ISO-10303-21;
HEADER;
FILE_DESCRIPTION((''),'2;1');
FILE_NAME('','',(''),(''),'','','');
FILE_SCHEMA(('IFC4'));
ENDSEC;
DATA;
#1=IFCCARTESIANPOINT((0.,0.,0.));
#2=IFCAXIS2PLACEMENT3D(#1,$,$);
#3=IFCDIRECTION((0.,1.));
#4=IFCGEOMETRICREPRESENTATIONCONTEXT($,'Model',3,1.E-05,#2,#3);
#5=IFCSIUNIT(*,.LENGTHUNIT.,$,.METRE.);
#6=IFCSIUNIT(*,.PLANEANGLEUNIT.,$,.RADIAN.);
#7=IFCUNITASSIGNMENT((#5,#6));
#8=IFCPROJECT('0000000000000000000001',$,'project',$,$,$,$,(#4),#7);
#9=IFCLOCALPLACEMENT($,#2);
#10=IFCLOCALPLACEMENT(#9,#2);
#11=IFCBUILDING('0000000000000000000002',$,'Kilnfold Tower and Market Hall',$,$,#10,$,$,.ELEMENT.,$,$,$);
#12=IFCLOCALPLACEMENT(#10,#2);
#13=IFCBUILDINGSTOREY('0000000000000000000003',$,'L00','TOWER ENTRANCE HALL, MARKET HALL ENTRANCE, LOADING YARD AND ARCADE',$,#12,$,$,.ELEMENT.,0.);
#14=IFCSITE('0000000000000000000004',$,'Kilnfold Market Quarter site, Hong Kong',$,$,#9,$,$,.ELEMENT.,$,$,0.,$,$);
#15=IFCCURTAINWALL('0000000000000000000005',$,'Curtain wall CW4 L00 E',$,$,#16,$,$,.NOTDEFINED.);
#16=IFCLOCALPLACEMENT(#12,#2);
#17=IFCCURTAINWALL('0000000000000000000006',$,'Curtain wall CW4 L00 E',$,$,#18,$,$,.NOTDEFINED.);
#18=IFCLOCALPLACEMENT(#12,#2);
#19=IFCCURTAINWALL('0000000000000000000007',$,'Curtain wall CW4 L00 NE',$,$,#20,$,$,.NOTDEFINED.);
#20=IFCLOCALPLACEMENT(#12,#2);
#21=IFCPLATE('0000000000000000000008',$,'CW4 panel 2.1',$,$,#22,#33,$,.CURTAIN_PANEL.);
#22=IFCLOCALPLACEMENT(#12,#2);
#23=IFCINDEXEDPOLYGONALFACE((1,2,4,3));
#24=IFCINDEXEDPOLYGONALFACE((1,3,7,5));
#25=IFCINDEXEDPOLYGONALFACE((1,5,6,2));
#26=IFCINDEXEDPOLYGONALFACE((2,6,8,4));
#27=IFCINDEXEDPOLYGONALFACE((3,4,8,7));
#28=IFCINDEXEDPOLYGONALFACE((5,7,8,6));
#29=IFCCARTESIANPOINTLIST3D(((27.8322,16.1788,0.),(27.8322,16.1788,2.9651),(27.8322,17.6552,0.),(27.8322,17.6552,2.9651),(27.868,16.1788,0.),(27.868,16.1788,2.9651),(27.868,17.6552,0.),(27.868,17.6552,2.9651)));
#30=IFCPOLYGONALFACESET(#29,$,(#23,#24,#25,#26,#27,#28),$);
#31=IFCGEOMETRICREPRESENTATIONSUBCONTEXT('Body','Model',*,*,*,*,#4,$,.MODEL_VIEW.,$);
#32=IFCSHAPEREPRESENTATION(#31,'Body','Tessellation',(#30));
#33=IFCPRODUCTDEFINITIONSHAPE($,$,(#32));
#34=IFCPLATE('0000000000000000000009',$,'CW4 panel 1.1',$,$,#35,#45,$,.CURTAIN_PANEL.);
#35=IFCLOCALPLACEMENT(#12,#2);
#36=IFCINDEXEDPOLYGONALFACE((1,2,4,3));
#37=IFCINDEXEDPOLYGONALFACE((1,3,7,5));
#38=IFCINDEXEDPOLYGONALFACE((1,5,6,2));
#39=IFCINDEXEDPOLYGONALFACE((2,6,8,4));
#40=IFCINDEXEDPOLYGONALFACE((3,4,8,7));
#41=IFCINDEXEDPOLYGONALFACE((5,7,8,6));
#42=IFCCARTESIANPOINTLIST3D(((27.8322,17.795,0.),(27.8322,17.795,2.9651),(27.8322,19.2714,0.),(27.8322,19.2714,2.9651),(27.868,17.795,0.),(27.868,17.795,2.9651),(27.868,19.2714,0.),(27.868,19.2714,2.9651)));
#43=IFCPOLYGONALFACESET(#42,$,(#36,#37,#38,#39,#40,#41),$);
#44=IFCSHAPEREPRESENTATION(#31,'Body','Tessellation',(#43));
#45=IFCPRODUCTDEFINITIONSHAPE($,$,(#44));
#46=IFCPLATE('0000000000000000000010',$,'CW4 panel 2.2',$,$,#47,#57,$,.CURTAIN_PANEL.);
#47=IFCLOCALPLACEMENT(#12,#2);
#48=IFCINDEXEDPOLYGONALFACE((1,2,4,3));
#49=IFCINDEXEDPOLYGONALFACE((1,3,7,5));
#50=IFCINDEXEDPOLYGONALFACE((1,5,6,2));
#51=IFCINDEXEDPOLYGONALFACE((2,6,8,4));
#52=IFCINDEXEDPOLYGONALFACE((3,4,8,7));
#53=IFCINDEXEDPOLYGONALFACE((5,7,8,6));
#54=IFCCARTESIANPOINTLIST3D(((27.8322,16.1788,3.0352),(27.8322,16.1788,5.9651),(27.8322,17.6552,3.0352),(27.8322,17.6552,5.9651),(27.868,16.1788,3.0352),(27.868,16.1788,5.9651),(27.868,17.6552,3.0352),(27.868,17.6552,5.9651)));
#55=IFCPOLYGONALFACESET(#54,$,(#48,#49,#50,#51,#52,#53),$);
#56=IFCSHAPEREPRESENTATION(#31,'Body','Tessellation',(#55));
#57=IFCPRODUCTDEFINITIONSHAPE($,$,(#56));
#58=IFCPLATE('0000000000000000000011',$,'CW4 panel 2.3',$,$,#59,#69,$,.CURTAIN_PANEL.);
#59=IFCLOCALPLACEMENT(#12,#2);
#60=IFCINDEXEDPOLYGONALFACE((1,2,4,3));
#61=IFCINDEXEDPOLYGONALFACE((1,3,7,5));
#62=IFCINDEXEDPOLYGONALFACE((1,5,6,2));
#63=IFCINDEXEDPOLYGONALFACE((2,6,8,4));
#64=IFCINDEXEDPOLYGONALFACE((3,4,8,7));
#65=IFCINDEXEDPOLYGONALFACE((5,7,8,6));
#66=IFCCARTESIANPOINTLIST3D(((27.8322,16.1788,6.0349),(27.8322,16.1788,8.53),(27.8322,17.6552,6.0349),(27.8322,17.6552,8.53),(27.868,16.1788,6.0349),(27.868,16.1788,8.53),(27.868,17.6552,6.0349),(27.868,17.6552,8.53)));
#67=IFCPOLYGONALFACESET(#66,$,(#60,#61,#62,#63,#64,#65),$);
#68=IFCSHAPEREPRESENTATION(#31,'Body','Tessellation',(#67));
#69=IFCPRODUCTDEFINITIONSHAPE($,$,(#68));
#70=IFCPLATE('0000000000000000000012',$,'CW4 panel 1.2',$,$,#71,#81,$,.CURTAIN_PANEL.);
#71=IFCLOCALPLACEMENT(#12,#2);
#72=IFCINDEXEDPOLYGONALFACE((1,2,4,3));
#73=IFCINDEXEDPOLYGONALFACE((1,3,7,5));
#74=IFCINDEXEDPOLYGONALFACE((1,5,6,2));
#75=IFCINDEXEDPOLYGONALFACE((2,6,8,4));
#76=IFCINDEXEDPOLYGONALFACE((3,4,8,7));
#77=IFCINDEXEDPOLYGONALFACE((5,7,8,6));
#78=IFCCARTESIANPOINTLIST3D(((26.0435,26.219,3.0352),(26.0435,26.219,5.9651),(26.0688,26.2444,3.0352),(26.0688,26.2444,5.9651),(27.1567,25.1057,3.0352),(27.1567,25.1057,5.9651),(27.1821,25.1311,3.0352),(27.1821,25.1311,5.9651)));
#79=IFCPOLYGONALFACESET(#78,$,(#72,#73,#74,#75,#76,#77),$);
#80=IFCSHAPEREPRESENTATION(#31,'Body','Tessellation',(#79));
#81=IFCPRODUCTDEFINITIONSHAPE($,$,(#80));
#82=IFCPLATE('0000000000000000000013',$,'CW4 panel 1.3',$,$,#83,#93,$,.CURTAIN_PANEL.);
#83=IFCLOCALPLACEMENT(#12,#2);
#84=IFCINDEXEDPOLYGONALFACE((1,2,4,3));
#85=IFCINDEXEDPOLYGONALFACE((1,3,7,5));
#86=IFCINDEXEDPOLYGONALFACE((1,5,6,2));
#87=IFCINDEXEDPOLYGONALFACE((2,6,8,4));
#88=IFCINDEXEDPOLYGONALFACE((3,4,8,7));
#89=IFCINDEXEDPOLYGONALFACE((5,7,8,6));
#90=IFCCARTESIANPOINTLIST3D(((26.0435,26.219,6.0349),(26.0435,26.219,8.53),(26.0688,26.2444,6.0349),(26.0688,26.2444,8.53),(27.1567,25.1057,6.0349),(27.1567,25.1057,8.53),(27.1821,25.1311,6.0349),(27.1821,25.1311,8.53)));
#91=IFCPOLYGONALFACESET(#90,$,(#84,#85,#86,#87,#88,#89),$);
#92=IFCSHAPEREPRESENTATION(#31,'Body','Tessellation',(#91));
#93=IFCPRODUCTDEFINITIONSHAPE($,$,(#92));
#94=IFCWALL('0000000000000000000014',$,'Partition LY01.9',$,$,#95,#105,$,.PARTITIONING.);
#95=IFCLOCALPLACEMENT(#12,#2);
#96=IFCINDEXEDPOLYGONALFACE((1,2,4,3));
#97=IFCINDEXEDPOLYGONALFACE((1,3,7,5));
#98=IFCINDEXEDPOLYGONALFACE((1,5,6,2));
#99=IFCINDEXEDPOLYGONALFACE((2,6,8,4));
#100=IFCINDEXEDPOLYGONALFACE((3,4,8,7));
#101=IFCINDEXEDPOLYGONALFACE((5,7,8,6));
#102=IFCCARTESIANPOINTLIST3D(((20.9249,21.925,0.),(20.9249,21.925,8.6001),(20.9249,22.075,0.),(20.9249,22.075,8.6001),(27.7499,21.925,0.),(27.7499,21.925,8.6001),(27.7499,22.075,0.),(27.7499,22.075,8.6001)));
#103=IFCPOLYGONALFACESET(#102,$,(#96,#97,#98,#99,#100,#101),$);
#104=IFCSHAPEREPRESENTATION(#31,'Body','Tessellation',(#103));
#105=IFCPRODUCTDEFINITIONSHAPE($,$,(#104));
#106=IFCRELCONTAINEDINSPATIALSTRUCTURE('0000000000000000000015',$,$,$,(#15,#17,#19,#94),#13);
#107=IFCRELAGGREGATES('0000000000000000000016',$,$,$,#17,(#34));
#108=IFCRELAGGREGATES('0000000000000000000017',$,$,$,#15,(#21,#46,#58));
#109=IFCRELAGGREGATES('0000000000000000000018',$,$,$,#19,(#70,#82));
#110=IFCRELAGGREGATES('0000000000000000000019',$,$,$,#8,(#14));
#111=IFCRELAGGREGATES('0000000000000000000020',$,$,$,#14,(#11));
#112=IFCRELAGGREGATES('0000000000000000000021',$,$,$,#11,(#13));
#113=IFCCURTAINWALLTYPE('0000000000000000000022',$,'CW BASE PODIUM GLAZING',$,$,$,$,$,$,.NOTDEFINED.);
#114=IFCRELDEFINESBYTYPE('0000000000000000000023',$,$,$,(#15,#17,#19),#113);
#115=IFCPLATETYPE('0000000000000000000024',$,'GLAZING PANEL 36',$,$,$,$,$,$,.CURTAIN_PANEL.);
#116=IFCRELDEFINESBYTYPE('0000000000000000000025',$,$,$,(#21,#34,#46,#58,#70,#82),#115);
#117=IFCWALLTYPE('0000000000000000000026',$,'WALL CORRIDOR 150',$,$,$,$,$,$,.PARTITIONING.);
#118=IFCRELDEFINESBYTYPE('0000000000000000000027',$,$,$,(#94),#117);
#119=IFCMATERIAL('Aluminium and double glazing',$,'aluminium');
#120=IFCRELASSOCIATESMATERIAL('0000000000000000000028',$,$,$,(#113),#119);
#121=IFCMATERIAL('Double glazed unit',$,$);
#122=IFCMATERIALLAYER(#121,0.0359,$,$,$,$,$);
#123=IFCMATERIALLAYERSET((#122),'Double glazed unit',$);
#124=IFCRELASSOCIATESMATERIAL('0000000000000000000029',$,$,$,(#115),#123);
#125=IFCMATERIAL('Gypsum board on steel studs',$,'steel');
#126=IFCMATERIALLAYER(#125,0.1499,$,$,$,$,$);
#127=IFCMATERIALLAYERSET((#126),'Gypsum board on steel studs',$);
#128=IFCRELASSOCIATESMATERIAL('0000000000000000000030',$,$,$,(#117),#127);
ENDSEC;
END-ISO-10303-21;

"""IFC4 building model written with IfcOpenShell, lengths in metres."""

from ifc_helpers import new_model, si_unit, direction, frame, frame_2d, origin, origin_2d, place, context, subcontext, project, spatial, rectangle, extrude, source, transform, mapped, material, layer, layer_set, type_object, element, aggregate, save


model = new_model("IFC4")

# Units and contexts
model_context = context("Model", 3, precision=1e-05, world=origin(), true_north=direction((0.0, 1.0)))
body_context = subcontext(model_context, "Body", "Model", "MODEL_VIEW")
ifc_project = project(units=[si_unit("LENGTHUNIT", "METRE"), si_unit("PLANEANGLEUNIT", "RADIAN")], contexts=[model_context])

# Site, building, storey
site_placement = place(None, origin())
site = spatial("IfcSite", under=ifc_project, at=site_placement, Name="Kilnfold Market Quarter site, Hong Kong", CompositionType="ELEMENT", RefElevation=0.0)
building_placement = place(site_placement, origin())
building = spatial("IfcBuilding", under=site, at=building_placement, Name="Kilnfold Tower and Market Hall", CompositionType="ELEMENT")
storey_placement = place(building_placement, origin())
storey = spatial("IfcBuildingStorey", under=building, at=storey_placement, Name="L00", Description="TOWER ENTRANCE HALL, MARKET HALL ENTRANCE, LOADING YARD AND ARCADE", CompositionType="ELEMENT", Elevation=0.0)

# Curtain wall
ifc_material_1 = material(Name="Aluminium and double glazing", Category="aluminium")
curtain_wall_type = type_object("IfcCurtainWallType", Name="CW BASE PODIUM GLAZING", PredefinedType="NOTDEFINED", material=ifc_material_1)
curtain_wall_1_placement = place(storey_placement, origin())
curtain_wall_1 = element("IfcCurtainWall", 1, at=curtain_wall_1_placement, inside=storey, type_object=curtain_wall_type, Name="Curtain wall CW4 L00 E", PredefinedType="NOTDEFINED")

# Curtain walls
curtain_wall_2_placement = place(storey_placement, origin())
curtain_wall_2 = element("IfcCurtainWall", 2, at=curtain_wall_2_placement, inside=storey, type_object=curtain_wall_type, Name="Curtain wall CW4 L00 E", PredefinedType="NOTDEFINED")
curtain_wall_3_placement = place(storey_placement, origin())
curtain_wall_3 = element("IfcCurtainWall", 3, at=curtain_wall_3_placement, inside=storey, type_object=curtain_wall_type, Name="Curtain wall CW4 L00 NE", PredefinedType="NOTDEFINED")

# Plates
ifc_material_2 = material(Name="Double glazed unit")
ifc_layer_1 = layer(ifc_material_2, 0.0359)
ifc_layer_set_1 = layer_set([ifc_layer_1], Name="Double glazed unit")
plate_type = type_object("IfcPlateType", Name="GLAZING PANEL 36", PredefinedType="CURTAIN_PANEL", material=ifc_layer_set_1)
shared_shape_1 = source(origin(), body_context, "Body", "SweptSolid", [
    extrude(rectangle(XDim=1.4763, YDim=0.0359, at=origin_2d()), origin(), (0.0, 0.0, 1.0), 2.9651),
])
plate_1_placement = place(storey_placement, frame((27.8501, 16.917, 0.0), z_axis=(0.0, 0.0, 1.0), x_axis=(0.0, 1.0, 0.0)))
plate_1 = element("IfcPlate", 4, at=plate_1_placement, type_object=plate_type, Name="CW4 panel 2.1", PredefinedType="CURTAIN_PANEL", context=body_context, shape_type="MappedRepresentation", body=[
    mapped(shared_shape_1, transform((0.0, 0.0, 0.0))),
])
plate_2_placement = place(storey_placement, frame((27.8501, 18.5332, 0.0), z_axis=(0.0, 0.0, 1.0), x_axis=(0.0, 1.0, 0.0)))
plate_2 = element("IfcPlate", 5, at=plate_2_placement, type_object=plate_type, Name="CW4 panel 1.1", PredefinedType="CURTAIN_PANEL", context=body_context, shape_type="MappedRepresentation", body=[
    mapped(shared_shape_1, transform((0.0, 0.0, 0.0))),
])
aggregate(curtain_wall_2, [plate_2])
shared_shape_2 = source(origin(), body_context, "Body", "SweptSolid", [
    extrude(rectangle(XDim=1.4763, YDim=0.0359, at=origin_2d()), origin(), (0.0, 0.0, 1.0), 2.9299),
])
plate_3_placement = place(storey_placement, frame((27.8501, 16.917, 3.0352), z_axis=(0.0, 0.0, 1.0), x_axis=(0.0, 1.0, 0.0)))
plate_3 = element("IfcPlate", 6, at=plate_3_placement, type_object=plate_type, Name="CW4 panel 2.2", PredefinedType="CURTAIN_PANEL", context=body_context, shape_type="MappedRepresentation", body=[
    mapped(shared_shape_2, transform((0.0, 0.0, 0.0))),
])
shared_shape_3 = source(origin(), body_context, "Body", "SweptSolid", [
    extrude(rectangle(XDim=1.4763, YDim=0.0359, at=origin_2d()), origin(), (0.0, 0.0, 1.0), 2.4951),
])
plate_4_placement = place(storey_placement, frame((27.8501, 16.917, 6.0349), z_axis=(0.0, 0.0, 1.0), x_axis=(0.0, 1.0, 0.0)))
plate_4 = element("IfcPlate", 7, at=plate_4_placement, type_object=plate_type, Name="CW4 panel 2.3", PredefinedType="CURTAIN_PANEL", context=body_context, shape_type="MappedRepresentation", body=[
    mapped(shared_shape_3, transform((0.0, 0.0, 0.0))),
])
aggregate(curtain_wall_1, [plate_1, plate_3, plate_4])
shared_shape_4 = source(origin(), body_context, "Body", "SweptSolid", [
    extrude(rectangle(XDim=1.5745, YDim=0.0359, at=origin_2d()), origin(), (0.0, 0.0, 1.0), 2.9299),
])
plate_5_placement = place(storey_placement, frame((26.6128, 25.675, 3.0352), z_axis=(0.0, 0.0, 1.0), x_axis=(-0.707092, 0.707122, 0.0)))
plate_5 = element("IfcPlate", 8, at=plate_5_placement, type_object=plate_type, Name="CW4 panel 1.2", PredefinedType="CURTAIN_PANEL", context=body_context, shape_type="MappedRepresentation", body=[
    mapped(shared_shape_4, transform((0.0, 0.0, 0.0))),
])
shared_shape_5 = source(origin(), body_context, "Body", "SweptSolid", [
    extrude(rectangle(XDim=1.5745, YDim=0.0359, at=origin_2d()), origin(), (0.0, 0.0, 1.0), 2.4951),
])
plate_6_placement = place(storey_placement, frame((26.6128, 25.675, 6.0349), z_axis=(0.0, 0.0, 1.0), x_axis=(-0.707092, 0.707122, 0.0)))
plate_6 = element("IfcPlate", 9, at=plate_6_placement, type_object=plate_type, Name="CW4 panel 1.3", PredefinedType="CURTAIN_PANEL", context=body_context, shape_type="MappedRepresentation", body=[
    mapped(shared_shape_5, transform((0.0, 0.0, 0.0))),
])
aggregate(curtain_wall_3, [plate_5, plate_6])

# Wall
ifc_material_3 = material(Name="Gypsum board on steel studs", Category="steel")
ifc_layer_2 = layer(ifc_material_3, 0.1499)
ifc_layer_set_2 = layer_set([ifc_layer_2], Name="Gypsum board on steel studs")
wall_type = type_object("IfcWallType", Name="WALL CORRIDOR 150", PredefinedType="PARTITIONING", material=ifc_layer_set_2)
wall_placement = place(storey_placement, frame((27.75, 22.0, 0.0), z_axis=(0.0, 0.0, 1.0), x_axis=(-1.0, 0.0, 0.0)))
element("IfcWall", 10, at=wall_placement, inside=storey, type_object=wall_type, Name="Partition LY01.9", PredefinedType="PARTITIONING", context=body_context, shape_type="SweptSolid", body=[
    extrude(rectangle(XDim=6.825, YDim=0.1499, at=frame_2d((3.4126, 0.0))), origin(), (0.0, 0.0, 1.0), 8.6001),
])

save(model, "model.ifc")
